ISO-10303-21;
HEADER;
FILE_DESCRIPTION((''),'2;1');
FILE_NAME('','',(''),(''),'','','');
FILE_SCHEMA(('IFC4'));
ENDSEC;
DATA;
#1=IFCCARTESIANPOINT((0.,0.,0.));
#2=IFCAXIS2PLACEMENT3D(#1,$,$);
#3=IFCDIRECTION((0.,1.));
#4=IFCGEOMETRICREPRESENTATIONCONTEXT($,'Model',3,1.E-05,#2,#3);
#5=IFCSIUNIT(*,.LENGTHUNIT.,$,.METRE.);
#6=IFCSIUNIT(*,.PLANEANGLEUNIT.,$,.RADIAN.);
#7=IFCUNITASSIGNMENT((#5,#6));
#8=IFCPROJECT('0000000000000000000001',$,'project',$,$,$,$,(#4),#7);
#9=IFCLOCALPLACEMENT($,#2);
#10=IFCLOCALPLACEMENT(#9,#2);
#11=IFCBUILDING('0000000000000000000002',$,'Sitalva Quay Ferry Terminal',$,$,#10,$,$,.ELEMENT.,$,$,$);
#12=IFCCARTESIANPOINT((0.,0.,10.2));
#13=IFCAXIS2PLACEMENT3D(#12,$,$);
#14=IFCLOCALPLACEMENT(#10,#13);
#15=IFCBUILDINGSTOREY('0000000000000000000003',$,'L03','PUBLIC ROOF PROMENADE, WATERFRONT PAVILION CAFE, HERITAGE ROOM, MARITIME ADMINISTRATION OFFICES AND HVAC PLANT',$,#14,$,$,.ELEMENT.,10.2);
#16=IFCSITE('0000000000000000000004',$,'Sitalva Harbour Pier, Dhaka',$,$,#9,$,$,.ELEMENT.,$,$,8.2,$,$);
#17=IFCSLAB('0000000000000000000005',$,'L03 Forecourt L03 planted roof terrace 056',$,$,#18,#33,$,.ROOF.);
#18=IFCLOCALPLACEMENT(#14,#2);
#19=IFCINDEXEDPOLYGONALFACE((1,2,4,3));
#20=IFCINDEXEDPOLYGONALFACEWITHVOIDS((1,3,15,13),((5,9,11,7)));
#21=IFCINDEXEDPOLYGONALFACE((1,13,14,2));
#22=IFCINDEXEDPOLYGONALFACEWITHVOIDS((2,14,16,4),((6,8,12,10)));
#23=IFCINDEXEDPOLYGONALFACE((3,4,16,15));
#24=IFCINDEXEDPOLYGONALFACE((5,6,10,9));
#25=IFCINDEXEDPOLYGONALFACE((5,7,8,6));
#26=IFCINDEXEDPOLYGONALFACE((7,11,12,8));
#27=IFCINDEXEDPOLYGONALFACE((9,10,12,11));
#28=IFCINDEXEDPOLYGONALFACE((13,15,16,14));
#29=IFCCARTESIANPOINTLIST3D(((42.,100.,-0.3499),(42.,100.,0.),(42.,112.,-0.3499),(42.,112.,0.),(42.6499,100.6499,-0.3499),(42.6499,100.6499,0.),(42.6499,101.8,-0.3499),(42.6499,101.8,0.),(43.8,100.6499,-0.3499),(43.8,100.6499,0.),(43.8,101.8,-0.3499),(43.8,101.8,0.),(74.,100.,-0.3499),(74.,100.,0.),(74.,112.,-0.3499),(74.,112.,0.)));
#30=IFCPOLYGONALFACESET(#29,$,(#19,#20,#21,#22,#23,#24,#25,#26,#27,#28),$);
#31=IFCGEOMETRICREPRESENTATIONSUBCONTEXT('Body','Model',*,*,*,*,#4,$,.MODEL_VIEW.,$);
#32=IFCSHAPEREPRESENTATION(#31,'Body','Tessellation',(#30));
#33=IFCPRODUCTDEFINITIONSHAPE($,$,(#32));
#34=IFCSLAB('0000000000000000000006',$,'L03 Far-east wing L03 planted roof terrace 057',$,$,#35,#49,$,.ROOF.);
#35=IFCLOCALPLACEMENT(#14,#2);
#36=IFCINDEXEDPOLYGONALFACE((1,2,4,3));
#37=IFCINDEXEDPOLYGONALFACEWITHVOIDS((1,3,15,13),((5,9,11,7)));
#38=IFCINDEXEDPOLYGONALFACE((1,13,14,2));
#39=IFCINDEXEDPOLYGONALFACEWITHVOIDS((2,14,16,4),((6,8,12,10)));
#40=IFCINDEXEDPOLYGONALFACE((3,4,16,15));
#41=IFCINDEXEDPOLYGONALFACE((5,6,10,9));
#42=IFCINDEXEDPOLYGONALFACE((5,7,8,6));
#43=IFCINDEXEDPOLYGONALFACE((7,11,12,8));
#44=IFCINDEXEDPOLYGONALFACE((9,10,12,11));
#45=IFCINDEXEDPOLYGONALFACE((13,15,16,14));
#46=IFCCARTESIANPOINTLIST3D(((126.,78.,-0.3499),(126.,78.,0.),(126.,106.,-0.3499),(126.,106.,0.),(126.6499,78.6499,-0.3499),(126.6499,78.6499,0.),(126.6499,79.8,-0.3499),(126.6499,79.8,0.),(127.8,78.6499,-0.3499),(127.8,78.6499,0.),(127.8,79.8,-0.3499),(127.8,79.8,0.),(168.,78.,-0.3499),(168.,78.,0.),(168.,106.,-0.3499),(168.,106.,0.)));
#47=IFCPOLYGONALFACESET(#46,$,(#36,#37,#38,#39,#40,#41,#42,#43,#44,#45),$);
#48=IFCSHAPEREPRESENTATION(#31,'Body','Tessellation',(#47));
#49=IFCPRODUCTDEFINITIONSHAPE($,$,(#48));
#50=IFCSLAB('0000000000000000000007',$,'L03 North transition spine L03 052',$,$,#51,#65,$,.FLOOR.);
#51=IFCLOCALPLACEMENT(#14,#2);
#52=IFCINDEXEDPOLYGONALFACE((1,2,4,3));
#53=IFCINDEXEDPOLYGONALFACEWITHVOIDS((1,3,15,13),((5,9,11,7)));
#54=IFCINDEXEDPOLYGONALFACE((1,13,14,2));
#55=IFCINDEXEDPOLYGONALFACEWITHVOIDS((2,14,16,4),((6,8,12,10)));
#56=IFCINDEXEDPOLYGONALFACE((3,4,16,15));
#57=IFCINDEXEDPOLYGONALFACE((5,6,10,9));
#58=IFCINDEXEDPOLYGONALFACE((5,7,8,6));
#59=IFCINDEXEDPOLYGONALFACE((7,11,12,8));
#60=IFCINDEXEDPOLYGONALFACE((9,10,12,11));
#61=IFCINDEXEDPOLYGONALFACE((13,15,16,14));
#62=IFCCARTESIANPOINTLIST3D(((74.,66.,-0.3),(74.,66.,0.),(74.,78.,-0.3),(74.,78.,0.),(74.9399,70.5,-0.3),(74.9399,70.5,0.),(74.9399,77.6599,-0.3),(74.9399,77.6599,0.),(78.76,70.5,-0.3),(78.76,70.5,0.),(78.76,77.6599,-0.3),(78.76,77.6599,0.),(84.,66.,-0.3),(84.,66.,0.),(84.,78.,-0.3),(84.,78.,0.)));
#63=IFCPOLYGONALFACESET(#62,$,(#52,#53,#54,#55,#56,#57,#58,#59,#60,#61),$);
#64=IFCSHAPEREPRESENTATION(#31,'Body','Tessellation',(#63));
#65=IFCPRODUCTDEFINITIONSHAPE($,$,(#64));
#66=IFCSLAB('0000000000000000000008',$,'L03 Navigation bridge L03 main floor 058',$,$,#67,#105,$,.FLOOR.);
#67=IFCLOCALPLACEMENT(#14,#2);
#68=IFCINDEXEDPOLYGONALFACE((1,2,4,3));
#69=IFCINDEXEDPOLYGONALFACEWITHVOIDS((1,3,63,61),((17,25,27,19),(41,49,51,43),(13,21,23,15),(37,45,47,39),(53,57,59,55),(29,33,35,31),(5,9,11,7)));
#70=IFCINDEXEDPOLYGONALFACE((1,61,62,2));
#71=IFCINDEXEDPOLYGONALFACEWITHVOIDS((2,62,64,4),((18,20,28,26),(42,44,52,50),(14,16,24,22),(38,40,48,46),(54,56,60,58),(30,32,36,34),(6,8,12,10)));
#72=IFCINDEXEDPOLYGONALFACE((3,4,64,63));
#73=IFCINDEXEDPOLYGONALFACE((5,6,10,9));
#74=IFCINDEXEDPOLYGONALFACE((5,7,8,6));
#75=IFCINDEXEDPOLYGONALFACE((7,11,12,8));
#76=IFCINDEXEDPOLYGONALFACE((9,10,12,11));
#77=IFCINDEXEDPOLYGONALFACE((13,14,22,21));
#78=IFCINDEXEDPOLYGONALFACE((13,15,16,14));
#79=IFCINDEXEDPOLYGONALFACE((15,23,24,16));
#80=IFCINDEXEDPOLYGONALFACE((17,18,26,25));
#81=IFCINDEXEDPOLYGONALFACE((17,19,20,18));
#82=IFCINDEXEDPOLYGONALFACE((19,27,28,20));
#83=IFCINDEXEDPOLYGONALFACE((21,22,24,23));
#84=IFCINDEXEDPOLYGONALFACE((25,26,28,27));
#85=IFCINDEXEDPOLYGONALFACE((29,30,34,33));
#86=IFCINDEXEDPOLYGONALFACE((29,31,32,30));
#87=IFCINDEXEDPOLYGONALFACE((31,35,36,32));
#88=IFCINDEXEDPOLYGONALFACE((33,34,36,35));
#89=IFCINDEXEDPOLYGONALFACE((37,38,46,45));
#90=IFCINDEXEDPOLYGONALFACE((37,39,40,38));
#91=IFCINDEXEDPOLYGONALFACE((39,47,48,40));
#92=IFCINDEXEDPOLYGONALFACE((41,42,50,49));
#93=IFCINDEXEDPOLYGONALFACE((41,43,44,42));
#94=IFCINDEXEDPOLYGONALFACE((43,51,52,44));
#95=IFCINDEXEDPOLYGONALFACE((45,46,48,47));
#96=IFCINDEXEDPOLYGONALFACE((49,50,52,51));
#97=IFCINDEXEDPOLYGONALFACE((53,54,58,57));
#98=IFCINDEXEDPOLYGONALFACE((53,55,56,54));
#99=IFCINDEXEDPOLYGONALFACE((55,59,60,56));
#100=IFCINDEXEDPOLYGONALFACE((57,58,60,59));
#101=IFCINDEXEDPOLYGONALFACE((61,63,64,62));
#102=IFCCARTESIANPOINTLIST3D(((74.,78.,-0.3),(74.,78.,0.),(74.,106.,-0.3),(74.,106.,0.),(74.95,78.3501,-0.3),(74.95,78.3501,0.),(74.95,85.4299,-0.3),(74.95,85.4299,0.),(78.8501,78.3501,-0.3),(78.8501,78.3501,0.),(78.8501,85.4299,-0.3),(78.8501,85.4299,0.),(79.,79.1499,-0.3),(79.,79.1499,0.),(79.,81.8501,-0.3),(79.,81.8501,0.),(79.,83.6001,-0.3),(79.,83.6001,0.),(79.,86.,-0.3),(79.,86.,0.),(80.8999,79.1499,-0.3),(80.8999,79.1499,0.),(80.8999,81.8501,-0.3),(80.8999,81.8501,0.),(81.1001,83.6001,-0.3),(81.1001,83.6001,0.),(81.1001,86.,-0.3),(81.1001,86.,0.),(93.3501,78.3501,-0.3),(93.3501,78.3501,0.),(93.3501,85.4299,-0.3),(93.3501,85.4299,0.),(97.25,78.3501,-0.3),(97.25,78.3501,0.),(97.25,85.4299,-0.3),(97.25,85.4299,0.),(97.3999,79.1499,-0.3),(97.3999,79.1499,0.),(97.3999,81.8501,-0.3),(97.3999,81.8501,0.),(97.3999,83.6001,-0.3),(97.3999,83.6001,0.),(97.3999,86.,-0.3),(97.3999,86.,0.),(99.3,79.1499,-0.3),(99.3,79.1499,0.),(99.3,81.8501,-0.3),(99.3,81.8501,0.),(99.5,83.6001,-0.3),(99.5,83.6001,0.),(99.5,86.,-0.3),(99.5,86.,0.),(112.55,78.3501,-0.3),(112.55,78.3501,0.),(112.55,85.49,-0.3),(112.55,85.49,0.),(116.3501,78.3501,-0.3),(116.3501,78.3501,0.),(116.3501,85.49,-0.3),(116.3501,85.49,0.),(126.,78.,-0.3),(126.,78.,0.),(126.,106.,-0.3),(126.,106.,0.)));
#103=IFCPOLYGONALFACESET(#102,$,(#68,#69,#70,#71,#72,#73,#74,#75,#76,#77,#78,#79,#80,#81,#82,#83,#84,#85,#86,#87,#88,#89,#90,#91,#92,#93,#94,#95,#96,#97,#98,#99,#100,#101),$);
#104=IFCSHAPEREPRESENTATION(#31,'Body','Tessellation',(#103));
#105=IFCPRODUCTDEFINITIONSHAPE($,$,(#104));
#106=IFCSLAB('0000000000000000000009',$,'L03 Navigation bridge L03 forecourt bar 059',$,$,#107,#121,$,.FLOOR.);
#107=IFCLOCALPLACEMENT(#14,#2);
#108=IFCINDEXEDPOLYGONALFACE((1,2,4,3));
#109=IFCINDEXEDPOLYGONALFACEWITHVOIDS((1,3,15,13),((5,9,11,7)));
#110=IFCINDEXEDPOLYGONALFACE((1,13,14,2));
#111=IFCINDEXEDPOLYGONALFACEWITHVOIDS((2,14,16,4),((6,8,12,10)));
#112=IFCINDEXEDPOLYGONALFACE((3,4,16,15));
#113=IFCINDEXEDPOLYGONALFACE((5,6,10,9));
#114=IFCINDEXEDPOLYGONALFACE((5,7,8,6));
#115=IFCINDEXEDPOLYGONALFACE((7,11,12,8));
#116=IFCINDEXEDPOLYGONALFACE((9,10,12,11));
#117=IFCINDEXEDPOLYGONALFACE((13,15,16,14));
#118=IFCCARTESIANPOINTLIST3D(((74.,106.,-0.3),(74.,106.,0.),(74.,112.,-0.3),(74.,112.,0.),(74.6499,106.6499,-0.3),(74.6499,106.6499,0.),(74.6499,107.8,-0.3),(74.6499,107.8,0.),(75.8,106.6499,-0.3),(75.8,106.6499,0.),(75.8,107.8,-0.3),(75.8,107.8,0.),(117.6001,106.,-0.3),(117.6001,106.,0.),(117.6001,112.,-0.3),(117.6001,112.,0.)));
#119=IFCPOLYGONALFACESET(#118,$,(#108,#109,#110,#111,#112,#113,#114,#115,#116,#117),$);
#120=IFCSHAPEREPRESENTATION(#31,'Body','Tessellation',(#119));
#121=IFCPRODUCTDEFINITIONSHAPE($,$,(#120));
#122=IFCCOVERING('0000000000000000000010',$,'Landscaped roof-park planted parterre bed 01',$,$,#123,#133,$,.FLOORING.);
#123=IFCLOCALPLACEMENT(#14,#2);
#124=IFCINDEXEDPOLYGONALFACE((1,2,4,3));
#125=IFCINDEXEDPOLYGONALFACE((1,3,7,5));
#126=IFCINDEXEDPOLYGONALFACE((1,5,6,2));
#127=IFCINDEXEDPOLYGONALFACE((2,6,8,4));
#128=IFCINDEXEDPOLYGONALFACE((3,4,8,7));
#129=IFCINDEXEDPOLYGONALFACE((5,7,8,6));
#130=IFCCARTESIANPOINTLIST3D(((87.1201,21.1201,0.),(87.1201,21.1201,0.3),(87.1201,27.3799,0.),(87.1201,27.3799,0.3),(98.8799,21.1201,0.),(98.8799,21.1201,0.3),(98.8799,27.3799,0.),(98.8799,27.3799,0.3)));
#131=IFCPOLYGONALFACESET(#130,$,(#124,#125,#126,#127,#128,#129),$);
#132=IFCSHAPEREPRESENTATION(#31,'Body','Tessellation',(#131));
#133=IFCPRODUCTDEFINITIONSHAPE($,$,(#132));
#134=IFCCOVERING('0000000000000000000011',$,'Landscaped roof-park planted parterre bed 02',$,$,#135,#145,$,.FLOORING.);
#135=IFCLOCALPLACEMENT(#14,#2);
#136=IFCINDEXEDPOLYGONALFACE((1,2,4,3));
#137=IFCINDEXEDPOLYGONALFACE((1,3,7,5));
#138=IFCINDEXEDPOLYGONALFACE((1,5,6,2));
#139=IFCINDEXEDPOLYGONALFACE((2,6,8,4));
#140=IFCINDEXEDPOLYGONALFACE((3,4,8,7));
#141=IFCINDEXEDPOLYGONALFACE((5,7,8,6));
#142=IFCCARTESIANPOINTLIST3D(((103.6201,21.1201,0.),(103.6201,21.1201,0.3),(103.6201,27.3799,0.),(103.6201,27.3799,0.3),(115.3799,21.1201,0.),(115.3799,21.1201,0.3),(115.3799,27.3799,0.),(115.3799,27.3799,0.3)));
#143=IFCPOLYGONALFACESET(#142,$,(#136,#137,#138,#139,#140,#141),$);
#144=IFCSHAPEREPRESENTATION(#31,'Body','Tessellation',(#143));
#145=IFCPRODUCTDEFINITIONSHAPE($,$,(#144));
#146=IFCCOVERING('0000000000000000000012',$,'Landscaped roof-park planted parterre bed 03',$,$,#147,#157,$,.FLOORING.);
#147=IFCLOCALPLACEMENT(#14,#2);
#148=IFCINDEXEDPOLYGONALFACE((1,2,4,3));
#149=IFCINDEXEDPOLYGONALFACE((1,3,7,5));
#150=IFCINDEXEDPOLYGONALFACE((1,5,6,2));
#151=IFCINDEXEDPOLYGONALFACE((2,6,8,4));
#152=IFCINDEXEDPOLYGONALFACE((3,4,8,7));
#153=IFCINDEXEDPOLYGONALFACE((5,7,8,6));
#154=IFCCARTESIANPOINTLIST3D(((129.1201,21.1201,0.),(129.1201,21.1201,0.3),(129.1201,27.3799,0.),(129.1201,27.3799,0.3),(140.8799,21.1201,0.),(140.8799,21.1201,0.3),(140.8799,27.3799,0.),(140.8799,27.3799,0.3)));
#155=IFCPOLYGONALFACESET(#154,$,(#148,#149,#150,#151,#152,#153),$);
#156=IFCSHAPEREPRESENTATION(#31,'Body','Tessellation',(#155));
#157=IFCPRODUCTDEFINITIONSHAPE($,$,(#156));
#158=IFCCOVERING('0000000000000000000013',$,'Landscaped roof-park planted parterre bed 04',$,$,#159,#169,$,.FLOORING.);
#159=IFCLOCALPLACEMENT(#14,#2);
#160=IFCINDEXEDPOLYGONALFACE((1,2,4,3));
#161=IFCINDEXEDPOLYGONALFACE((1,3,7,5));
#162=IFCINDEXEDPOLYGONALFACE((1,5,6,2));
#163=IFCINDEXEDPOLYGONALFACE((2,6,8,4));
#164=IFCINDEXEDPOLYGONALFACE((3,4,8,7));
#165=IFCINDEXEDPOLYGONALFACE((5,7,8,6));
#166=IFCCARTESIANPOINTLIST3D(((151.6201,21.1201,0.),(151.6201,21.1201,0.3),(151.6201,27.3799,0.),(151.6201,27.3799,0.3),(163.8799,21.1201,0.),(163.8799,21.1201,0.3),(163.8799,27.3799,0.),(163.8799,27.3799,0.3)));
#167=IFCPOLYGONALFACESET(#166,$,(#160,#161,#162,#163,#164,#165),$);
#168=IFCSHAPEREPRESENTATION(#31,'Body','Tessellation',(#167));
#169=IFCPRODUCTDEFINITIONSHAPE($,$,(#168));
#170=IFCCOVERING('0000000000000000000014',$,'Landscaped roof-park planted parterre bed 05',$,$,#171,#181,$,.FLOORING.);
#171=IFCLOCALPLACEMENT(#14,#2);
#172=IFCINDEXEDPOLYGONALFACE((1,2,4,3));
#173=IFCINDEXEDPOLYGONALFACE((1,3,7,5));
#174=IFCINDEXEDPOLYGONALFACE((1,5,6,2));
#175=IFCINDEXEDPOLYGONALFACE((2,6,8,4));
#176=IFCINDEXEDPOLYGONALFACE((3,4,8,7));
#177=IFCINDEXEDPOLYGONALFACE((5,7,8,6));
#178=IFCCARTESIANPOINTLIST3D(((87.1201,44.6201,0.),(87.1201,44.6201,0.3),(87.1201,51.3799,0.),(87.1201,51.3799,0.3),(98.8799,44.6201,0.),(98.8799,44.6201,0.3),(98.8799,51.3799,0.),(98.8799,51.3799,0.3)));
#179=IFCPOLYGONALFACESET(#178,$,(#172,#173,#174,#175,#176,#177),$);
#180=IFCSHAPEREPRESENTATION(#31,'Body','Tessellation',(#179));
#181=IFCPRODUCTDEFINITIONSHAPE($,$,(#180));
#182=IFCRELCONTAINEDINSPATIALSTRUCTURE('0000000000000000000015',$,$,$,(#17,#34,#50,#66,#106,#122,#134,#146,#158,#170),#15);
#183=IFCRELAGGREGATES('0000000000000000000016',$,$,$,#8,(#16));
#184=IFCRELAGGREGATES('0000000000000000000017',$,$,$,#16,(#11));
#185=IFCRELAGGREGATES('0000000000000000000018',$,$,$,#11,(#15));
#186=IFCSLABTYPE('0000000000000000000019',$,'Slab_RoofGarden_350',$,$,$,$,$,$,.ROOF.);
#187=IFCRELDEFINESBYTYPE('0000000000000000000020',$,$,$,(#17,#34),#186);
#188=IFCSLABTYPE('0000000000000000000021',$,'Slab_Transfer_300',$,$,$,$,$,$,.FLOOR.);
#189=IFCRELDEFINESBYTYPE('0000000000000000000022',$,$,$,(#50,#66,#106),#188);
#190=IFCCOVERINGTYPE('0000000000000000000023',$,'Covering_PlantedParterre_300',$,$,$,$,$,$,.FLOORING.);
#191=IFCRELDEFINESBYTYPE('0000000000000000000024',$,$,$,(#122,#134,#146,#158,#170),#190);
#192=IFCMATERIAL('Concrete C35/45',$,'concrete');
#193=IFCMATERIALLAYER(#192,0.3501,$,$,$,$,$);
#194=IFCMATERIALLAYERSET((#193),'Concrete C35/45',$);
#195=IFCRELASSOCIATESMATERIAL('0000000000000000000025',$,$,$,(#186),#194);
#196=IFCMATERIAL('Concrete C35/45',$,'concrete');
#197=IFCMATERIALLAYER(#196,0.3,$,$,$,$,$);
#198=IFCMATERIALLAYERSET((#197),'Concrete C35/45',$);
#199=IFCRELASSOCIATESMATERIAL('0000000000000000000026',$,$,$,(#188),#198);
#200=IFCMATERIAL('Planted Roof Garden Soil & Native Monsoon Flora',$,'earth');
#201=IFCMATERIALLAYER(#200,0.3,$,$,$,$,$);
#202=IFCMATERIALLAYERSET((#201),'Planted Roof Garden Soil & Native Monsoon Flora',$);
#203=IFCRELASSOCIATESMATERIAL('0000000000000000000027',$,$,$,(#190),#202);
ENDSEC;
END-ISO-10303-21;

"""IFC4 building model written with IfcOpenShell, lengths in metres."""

from ifc_helpers import new_model, si_unit, direction, frame, origin, place, context, subcontext, project, spatial, polyline, outline, extrude, material, layer, layer_set, type_object, element, save


model = new_model("IFC4")

# Units and contexts
model_context = context("Model", 3, precision=1e-05, world=origin(), true_north=direction((0.0, 1.0)))
body_context = subcontext(model_context, "Body", "Model", "MODEL_VIEW")
ifc_project = project(units=[si_unit("LENGTHUNIT", "METRE"), si_unit("PLANEANGLEUNIT", "RADIAN")], contexts=[model_context])

# Site, building, storey
site_placement = place(None, origin())
site = spatial("IfcSite", under=ifc_project, at=site_placement, Name="Sitalva Harbour Pier, Dhaka", CompositionType="ELEMENT", RefElevation=8.2)
building_placement = place(site_placement, origin())
building = spatial("IfcBuilding", under=site, at=building_placement, Name="Sitalva Quay Ferry Terminal", CompositionType="ELEMENT")
storey_placement = place(building_placement, frame((0.0, 0.0, 10.2)))
storey = spatial("IfcBuildingStorey", under=building, at=storey_placement, Name="L03", Description="PUBLIC ROOF PROMENADE, WATERFRONT PAVILION CAFE, HERITAGE ROOM, MARITIME ADMINISTRATION OFFICES AND HVAC PLANT", CompositionType="ELEMENT", Elevation=10.2)

# Shared definitions
ifc_material_1 = material(Name="Concrete C35/45", Category="concrete")
ifc_layer_1 = layer(ifc_material_1, 0.3501)
ifc_layer_set_1 = layer_set([ifc_layer_1], Name="Concrete C35/45")
slab_type_1 = type_object("IfcSlabType", Name="Slab_RoofGarden_350", PredefinedType="ROOF", material=ifc_layer_set_1)

# Slabs
slab_1_placement = place(storey_placement, frame((0.0, 0.0, -0.3499)))
element("IfcSlab", 1, at=slab_1_placement, inside=storey, type_object=slab_type_1, Name="L03 Forecourt L03 planted roof terrace 056", PredefinedType="ROOF", context=body_context, shape_type="SweptSolid", body=[
    extrude(outline(polyline([(42.0, 100.0), (74.0, 100.0), (74.0, 112.0), (42.0, 112.0), (42.0, 100.0)]), holes=[polyline([(42.6499, 100.6499), (42.6499, 101.8), (43.8, 101.8), (43.8, 100.6499), (42.6499, 100.6499)])]), origin(), (0.0, 0.0, 1.0), 0.3499),
])
slab_2_placement = place(storey_placement, frame((0.0, 0.0, -0.3499)))
element("IfcSlab", 2, at=slab_2_placement, inside=storey, type_object=slab_type_1, Name="L03 Far-east wing L03 planted roof terrace 057", PredefinedType="ROOF", context=body_context, shape_type="SweptSolid", body=[
    extrude(outline(polyline([(126.0, 78.0), (168.0, 78.0), (168.0, 106.0), (126.0, 106.0), (126.0, 78.0)]), holes=[polyline([(126.6499, 78.6499), (126.6499, 79.8), (127.8, 79.8), (127.8, 78.6499), (126.6499, 78.6499)])]), origin(), (0.0, 0.0, 1.0), 0.3499),
])
ifc_material_2 = material(Name="Concrete C35/45", Category="concrete")
ifc_layer_2 = layer(ifc_material_2, 0.3)
ifc_layer_set_2 = layer_set([ifc_layer_2], Name="Concrete C35/45")
slab_type_2 = type_object("IfcSlabType", Name="Slab_Transfer_300", PredefinedType="FLOOR", material=ifc_layer_set_2)
slab_3_placement = place(storey_placement, frame((0.0, 0.0, -0.3)))
element("IfcSlab", 3, at=slab_3_placement, inside=storey, type_object=slab_type_2, Name="L03 North transition spine L03 052", PredefinedType="FLOOR", context=body_context, shape_type="SweptSolid", body=[
    extrude(outline(polyline([(74.0, 66.0), (84.0, 66.0), (84.0, 78.0), (74.0, 78.0), (74.0, 66.0)]), holes=[polyline([(74.9399, 70.5), (74.9399, 77.6599), (78.76, 77.6599), (78.76, 70.5), (74.9399, 70.5)])]), origin(), (0.0, 0.0, 1.0), 0.3),
])
slab_4_placement = place(storey_placement, frame((0.0, 0.0, -0.3)))
element("IfcSlab", 4, at=slab_4_placement, inside=storey, type_object=slab_type_2, Name="L03 Navigation bridge L03 main floor 058", PredefinedType="FLOOR", context=body_context, shape_type="SweptSolid", body=[
    extrude(outline(polyline([(74.0, 78.0), (126.0, 78.0), (126.0, 106.0), (74.0, 106.0), (74.0, 78.0)]), holes=[polyline([(74.95, 78.3501), (74.95, 85.4299), (78.8501, 85.4299), (78.8501, 78.3501), (74.95, 78.3501)]), polyline([(79.0, 79.1499), (79.0, 81.8501), (80.8999, 81.8501), (80.8999, 79.1499), (79.0, 79.1499)]), polyline([(79.0, 83.6001), (79.0, 86.0), (81.1001, 86.0), (81.1001, 83.6001), (79.0, 83.6001)]), polyline([(93.3501, 78.3501), (93.3501, 85.4299), (97.25, 85.4299), (97.25, 78.3501), (93.3501, 78.3501)]), polyline([(97.3999, 79.1499), (97.3999, 81.8501), (99.3, 81.8501), (99.3, 79.1499), (97.3999, 79.1499)]), polyline([(97.3999, 83.6001), (97.3999, 86.0), (99.5, 86.0), (99.5, 83.6001), (97.3999, 83.6001)]), polyline([(112.55, 78.3501), (112.55, 85.49), (116.3501, 85.49), (116.3501, 78.3501), (112.55, 78.3501)])]), origin(), (0.0, 0.0, 1.0), 0.3),
])
slab_5_placement = place(storey_placement, frame((0.0, 0.0, -0.3)))
element("IfcSlab", 5, at=slab_5_placement, inside=storey, type_object=slab_type_2, Name="L03 Navigation bridge L03 forecourt bar 059", PredefinedType="FLOOR", context=body_context, shape_type="SweptSolid", body=[
    extrude(outline(polyline([(74.0, 106.0), (117.6001, 106.0), (117.6001, 112.0), (74.0, 112.0), (74.0, 106.0)]), holes=[polyline([(74.6499, 106.6499), (74.6499, 107.8), (75.8, 107.8), (75.8, 106.6499), (74.6499, 106.6499)])]), origin(), (0.0, 0.0, 1.0), 0.3),
])

# Coverings
ifc_material_3 = material(Name="Planted Roof Garden Soil & Native Monsoon Flora", Category="earth")
ifc_layer_3 = layer(ifc_material_3, 0.3)
ifc_layer_set_3 = layer_set([ifc_layer_3], Name="Planted Roof Garden Soil & Native Monsoon Flora")
covering_type = type_object("IfcCoveringType", Name="Covering_PlantedParterre_300", PredefinedType="FLOORING", material=ifc_layer_set_3)
covering_1_placement = place(storey_placement, origin())
element("IfcCovering", 6, at=covering_1_placement, inside=storey, type_object=covering_type, Name="Landscaped roof-park planted parterre bed 01", PredefinedType="FLOORING", context=body_context, shape_type="SweptSolid", body=[
    extrude(outline(polyline([(87.1201, 21.1201), (98.8799, 21.1201), (98.8799, 27.3799), (87.1201, 27.3799), (87.1201, 21.1201)])), origin(), (0.0, 0.0, 1.0), 0.3),
])
covering_2_placement = place(storey_placement, origin())
element("IfcCovering", 7, at=covering_2_placement, inside=storey, type_object=covering_type, Name="Landscaped roof-park planted parterre bed 02", PredefinedType="FLOORING", context=body_context, shape_type="SweptSolid", body=[
    extrude(outline(polyline([(103.6201, 21.1201), (115.3799, 21.1201), (115.3799, 27.3799), (103.6201, 27.3799), (103.6201, 21.1201)])), origin(), (0.0, 0.0, 1.0), 0.3),
])
covering_3_placement = place(storey_placement, origin())
element("IfcCovering", 8, at=covering_3_placement, inside=storey, type_object=covering_type, Name="Landscaped roof-park planted parterre bed 03", PredefinedType="FLOORING", context=body_context, shape_type="SweptSolid", body=[
    extrude(outline(polyline([(129.1201, 21.1201), (140.8799, 21.1201), (140.8799, 27.3799), (129.1201, 27.3799), (129.1201, 21.1201)])), origin(), (0.0, 0.0, 1.0), 0.3),
])
covering_4_placement = place(storey_placement, origin())
element("IfcCovering", 9, at=covering_4_placement, inside=storey, type_object=covering_type, Name="Landscaped roof-park planted parterre bed 04", PredefinedType="FLOORING", context=body_context, shape_type="SweptSolid", body=[
    extrude(outline(polyline([(151.6201, 21.1201), (163.8799, 21.1201), (163.8799, 27.3799), (151.6201, 27.3799), (151.6201, 21.1201)])), origin(), (0.0, 0.0, 1.0), 0.3),
])
covering_5_placement = place(storey_placement, origin())
element("IfcCovering", 10, at=covering_5_placement, inside=storey, type_object=covering_type, Name="Landscaped roof-park planted parterre bed 05", PredefinedType="FLOORING", context=body_context, shape_type="SweptSolid", body=[
    extrude(outline(polyline([(87.1201, 44.6201), (98.8799, 44.6201), (98.8799, 51.3799), (87.1201, 51.3799), (87.1201, 44.6201)])), origin(), (0.0, 0.0, 1.0), 0.3),
])

save(model, "model.ifc")
